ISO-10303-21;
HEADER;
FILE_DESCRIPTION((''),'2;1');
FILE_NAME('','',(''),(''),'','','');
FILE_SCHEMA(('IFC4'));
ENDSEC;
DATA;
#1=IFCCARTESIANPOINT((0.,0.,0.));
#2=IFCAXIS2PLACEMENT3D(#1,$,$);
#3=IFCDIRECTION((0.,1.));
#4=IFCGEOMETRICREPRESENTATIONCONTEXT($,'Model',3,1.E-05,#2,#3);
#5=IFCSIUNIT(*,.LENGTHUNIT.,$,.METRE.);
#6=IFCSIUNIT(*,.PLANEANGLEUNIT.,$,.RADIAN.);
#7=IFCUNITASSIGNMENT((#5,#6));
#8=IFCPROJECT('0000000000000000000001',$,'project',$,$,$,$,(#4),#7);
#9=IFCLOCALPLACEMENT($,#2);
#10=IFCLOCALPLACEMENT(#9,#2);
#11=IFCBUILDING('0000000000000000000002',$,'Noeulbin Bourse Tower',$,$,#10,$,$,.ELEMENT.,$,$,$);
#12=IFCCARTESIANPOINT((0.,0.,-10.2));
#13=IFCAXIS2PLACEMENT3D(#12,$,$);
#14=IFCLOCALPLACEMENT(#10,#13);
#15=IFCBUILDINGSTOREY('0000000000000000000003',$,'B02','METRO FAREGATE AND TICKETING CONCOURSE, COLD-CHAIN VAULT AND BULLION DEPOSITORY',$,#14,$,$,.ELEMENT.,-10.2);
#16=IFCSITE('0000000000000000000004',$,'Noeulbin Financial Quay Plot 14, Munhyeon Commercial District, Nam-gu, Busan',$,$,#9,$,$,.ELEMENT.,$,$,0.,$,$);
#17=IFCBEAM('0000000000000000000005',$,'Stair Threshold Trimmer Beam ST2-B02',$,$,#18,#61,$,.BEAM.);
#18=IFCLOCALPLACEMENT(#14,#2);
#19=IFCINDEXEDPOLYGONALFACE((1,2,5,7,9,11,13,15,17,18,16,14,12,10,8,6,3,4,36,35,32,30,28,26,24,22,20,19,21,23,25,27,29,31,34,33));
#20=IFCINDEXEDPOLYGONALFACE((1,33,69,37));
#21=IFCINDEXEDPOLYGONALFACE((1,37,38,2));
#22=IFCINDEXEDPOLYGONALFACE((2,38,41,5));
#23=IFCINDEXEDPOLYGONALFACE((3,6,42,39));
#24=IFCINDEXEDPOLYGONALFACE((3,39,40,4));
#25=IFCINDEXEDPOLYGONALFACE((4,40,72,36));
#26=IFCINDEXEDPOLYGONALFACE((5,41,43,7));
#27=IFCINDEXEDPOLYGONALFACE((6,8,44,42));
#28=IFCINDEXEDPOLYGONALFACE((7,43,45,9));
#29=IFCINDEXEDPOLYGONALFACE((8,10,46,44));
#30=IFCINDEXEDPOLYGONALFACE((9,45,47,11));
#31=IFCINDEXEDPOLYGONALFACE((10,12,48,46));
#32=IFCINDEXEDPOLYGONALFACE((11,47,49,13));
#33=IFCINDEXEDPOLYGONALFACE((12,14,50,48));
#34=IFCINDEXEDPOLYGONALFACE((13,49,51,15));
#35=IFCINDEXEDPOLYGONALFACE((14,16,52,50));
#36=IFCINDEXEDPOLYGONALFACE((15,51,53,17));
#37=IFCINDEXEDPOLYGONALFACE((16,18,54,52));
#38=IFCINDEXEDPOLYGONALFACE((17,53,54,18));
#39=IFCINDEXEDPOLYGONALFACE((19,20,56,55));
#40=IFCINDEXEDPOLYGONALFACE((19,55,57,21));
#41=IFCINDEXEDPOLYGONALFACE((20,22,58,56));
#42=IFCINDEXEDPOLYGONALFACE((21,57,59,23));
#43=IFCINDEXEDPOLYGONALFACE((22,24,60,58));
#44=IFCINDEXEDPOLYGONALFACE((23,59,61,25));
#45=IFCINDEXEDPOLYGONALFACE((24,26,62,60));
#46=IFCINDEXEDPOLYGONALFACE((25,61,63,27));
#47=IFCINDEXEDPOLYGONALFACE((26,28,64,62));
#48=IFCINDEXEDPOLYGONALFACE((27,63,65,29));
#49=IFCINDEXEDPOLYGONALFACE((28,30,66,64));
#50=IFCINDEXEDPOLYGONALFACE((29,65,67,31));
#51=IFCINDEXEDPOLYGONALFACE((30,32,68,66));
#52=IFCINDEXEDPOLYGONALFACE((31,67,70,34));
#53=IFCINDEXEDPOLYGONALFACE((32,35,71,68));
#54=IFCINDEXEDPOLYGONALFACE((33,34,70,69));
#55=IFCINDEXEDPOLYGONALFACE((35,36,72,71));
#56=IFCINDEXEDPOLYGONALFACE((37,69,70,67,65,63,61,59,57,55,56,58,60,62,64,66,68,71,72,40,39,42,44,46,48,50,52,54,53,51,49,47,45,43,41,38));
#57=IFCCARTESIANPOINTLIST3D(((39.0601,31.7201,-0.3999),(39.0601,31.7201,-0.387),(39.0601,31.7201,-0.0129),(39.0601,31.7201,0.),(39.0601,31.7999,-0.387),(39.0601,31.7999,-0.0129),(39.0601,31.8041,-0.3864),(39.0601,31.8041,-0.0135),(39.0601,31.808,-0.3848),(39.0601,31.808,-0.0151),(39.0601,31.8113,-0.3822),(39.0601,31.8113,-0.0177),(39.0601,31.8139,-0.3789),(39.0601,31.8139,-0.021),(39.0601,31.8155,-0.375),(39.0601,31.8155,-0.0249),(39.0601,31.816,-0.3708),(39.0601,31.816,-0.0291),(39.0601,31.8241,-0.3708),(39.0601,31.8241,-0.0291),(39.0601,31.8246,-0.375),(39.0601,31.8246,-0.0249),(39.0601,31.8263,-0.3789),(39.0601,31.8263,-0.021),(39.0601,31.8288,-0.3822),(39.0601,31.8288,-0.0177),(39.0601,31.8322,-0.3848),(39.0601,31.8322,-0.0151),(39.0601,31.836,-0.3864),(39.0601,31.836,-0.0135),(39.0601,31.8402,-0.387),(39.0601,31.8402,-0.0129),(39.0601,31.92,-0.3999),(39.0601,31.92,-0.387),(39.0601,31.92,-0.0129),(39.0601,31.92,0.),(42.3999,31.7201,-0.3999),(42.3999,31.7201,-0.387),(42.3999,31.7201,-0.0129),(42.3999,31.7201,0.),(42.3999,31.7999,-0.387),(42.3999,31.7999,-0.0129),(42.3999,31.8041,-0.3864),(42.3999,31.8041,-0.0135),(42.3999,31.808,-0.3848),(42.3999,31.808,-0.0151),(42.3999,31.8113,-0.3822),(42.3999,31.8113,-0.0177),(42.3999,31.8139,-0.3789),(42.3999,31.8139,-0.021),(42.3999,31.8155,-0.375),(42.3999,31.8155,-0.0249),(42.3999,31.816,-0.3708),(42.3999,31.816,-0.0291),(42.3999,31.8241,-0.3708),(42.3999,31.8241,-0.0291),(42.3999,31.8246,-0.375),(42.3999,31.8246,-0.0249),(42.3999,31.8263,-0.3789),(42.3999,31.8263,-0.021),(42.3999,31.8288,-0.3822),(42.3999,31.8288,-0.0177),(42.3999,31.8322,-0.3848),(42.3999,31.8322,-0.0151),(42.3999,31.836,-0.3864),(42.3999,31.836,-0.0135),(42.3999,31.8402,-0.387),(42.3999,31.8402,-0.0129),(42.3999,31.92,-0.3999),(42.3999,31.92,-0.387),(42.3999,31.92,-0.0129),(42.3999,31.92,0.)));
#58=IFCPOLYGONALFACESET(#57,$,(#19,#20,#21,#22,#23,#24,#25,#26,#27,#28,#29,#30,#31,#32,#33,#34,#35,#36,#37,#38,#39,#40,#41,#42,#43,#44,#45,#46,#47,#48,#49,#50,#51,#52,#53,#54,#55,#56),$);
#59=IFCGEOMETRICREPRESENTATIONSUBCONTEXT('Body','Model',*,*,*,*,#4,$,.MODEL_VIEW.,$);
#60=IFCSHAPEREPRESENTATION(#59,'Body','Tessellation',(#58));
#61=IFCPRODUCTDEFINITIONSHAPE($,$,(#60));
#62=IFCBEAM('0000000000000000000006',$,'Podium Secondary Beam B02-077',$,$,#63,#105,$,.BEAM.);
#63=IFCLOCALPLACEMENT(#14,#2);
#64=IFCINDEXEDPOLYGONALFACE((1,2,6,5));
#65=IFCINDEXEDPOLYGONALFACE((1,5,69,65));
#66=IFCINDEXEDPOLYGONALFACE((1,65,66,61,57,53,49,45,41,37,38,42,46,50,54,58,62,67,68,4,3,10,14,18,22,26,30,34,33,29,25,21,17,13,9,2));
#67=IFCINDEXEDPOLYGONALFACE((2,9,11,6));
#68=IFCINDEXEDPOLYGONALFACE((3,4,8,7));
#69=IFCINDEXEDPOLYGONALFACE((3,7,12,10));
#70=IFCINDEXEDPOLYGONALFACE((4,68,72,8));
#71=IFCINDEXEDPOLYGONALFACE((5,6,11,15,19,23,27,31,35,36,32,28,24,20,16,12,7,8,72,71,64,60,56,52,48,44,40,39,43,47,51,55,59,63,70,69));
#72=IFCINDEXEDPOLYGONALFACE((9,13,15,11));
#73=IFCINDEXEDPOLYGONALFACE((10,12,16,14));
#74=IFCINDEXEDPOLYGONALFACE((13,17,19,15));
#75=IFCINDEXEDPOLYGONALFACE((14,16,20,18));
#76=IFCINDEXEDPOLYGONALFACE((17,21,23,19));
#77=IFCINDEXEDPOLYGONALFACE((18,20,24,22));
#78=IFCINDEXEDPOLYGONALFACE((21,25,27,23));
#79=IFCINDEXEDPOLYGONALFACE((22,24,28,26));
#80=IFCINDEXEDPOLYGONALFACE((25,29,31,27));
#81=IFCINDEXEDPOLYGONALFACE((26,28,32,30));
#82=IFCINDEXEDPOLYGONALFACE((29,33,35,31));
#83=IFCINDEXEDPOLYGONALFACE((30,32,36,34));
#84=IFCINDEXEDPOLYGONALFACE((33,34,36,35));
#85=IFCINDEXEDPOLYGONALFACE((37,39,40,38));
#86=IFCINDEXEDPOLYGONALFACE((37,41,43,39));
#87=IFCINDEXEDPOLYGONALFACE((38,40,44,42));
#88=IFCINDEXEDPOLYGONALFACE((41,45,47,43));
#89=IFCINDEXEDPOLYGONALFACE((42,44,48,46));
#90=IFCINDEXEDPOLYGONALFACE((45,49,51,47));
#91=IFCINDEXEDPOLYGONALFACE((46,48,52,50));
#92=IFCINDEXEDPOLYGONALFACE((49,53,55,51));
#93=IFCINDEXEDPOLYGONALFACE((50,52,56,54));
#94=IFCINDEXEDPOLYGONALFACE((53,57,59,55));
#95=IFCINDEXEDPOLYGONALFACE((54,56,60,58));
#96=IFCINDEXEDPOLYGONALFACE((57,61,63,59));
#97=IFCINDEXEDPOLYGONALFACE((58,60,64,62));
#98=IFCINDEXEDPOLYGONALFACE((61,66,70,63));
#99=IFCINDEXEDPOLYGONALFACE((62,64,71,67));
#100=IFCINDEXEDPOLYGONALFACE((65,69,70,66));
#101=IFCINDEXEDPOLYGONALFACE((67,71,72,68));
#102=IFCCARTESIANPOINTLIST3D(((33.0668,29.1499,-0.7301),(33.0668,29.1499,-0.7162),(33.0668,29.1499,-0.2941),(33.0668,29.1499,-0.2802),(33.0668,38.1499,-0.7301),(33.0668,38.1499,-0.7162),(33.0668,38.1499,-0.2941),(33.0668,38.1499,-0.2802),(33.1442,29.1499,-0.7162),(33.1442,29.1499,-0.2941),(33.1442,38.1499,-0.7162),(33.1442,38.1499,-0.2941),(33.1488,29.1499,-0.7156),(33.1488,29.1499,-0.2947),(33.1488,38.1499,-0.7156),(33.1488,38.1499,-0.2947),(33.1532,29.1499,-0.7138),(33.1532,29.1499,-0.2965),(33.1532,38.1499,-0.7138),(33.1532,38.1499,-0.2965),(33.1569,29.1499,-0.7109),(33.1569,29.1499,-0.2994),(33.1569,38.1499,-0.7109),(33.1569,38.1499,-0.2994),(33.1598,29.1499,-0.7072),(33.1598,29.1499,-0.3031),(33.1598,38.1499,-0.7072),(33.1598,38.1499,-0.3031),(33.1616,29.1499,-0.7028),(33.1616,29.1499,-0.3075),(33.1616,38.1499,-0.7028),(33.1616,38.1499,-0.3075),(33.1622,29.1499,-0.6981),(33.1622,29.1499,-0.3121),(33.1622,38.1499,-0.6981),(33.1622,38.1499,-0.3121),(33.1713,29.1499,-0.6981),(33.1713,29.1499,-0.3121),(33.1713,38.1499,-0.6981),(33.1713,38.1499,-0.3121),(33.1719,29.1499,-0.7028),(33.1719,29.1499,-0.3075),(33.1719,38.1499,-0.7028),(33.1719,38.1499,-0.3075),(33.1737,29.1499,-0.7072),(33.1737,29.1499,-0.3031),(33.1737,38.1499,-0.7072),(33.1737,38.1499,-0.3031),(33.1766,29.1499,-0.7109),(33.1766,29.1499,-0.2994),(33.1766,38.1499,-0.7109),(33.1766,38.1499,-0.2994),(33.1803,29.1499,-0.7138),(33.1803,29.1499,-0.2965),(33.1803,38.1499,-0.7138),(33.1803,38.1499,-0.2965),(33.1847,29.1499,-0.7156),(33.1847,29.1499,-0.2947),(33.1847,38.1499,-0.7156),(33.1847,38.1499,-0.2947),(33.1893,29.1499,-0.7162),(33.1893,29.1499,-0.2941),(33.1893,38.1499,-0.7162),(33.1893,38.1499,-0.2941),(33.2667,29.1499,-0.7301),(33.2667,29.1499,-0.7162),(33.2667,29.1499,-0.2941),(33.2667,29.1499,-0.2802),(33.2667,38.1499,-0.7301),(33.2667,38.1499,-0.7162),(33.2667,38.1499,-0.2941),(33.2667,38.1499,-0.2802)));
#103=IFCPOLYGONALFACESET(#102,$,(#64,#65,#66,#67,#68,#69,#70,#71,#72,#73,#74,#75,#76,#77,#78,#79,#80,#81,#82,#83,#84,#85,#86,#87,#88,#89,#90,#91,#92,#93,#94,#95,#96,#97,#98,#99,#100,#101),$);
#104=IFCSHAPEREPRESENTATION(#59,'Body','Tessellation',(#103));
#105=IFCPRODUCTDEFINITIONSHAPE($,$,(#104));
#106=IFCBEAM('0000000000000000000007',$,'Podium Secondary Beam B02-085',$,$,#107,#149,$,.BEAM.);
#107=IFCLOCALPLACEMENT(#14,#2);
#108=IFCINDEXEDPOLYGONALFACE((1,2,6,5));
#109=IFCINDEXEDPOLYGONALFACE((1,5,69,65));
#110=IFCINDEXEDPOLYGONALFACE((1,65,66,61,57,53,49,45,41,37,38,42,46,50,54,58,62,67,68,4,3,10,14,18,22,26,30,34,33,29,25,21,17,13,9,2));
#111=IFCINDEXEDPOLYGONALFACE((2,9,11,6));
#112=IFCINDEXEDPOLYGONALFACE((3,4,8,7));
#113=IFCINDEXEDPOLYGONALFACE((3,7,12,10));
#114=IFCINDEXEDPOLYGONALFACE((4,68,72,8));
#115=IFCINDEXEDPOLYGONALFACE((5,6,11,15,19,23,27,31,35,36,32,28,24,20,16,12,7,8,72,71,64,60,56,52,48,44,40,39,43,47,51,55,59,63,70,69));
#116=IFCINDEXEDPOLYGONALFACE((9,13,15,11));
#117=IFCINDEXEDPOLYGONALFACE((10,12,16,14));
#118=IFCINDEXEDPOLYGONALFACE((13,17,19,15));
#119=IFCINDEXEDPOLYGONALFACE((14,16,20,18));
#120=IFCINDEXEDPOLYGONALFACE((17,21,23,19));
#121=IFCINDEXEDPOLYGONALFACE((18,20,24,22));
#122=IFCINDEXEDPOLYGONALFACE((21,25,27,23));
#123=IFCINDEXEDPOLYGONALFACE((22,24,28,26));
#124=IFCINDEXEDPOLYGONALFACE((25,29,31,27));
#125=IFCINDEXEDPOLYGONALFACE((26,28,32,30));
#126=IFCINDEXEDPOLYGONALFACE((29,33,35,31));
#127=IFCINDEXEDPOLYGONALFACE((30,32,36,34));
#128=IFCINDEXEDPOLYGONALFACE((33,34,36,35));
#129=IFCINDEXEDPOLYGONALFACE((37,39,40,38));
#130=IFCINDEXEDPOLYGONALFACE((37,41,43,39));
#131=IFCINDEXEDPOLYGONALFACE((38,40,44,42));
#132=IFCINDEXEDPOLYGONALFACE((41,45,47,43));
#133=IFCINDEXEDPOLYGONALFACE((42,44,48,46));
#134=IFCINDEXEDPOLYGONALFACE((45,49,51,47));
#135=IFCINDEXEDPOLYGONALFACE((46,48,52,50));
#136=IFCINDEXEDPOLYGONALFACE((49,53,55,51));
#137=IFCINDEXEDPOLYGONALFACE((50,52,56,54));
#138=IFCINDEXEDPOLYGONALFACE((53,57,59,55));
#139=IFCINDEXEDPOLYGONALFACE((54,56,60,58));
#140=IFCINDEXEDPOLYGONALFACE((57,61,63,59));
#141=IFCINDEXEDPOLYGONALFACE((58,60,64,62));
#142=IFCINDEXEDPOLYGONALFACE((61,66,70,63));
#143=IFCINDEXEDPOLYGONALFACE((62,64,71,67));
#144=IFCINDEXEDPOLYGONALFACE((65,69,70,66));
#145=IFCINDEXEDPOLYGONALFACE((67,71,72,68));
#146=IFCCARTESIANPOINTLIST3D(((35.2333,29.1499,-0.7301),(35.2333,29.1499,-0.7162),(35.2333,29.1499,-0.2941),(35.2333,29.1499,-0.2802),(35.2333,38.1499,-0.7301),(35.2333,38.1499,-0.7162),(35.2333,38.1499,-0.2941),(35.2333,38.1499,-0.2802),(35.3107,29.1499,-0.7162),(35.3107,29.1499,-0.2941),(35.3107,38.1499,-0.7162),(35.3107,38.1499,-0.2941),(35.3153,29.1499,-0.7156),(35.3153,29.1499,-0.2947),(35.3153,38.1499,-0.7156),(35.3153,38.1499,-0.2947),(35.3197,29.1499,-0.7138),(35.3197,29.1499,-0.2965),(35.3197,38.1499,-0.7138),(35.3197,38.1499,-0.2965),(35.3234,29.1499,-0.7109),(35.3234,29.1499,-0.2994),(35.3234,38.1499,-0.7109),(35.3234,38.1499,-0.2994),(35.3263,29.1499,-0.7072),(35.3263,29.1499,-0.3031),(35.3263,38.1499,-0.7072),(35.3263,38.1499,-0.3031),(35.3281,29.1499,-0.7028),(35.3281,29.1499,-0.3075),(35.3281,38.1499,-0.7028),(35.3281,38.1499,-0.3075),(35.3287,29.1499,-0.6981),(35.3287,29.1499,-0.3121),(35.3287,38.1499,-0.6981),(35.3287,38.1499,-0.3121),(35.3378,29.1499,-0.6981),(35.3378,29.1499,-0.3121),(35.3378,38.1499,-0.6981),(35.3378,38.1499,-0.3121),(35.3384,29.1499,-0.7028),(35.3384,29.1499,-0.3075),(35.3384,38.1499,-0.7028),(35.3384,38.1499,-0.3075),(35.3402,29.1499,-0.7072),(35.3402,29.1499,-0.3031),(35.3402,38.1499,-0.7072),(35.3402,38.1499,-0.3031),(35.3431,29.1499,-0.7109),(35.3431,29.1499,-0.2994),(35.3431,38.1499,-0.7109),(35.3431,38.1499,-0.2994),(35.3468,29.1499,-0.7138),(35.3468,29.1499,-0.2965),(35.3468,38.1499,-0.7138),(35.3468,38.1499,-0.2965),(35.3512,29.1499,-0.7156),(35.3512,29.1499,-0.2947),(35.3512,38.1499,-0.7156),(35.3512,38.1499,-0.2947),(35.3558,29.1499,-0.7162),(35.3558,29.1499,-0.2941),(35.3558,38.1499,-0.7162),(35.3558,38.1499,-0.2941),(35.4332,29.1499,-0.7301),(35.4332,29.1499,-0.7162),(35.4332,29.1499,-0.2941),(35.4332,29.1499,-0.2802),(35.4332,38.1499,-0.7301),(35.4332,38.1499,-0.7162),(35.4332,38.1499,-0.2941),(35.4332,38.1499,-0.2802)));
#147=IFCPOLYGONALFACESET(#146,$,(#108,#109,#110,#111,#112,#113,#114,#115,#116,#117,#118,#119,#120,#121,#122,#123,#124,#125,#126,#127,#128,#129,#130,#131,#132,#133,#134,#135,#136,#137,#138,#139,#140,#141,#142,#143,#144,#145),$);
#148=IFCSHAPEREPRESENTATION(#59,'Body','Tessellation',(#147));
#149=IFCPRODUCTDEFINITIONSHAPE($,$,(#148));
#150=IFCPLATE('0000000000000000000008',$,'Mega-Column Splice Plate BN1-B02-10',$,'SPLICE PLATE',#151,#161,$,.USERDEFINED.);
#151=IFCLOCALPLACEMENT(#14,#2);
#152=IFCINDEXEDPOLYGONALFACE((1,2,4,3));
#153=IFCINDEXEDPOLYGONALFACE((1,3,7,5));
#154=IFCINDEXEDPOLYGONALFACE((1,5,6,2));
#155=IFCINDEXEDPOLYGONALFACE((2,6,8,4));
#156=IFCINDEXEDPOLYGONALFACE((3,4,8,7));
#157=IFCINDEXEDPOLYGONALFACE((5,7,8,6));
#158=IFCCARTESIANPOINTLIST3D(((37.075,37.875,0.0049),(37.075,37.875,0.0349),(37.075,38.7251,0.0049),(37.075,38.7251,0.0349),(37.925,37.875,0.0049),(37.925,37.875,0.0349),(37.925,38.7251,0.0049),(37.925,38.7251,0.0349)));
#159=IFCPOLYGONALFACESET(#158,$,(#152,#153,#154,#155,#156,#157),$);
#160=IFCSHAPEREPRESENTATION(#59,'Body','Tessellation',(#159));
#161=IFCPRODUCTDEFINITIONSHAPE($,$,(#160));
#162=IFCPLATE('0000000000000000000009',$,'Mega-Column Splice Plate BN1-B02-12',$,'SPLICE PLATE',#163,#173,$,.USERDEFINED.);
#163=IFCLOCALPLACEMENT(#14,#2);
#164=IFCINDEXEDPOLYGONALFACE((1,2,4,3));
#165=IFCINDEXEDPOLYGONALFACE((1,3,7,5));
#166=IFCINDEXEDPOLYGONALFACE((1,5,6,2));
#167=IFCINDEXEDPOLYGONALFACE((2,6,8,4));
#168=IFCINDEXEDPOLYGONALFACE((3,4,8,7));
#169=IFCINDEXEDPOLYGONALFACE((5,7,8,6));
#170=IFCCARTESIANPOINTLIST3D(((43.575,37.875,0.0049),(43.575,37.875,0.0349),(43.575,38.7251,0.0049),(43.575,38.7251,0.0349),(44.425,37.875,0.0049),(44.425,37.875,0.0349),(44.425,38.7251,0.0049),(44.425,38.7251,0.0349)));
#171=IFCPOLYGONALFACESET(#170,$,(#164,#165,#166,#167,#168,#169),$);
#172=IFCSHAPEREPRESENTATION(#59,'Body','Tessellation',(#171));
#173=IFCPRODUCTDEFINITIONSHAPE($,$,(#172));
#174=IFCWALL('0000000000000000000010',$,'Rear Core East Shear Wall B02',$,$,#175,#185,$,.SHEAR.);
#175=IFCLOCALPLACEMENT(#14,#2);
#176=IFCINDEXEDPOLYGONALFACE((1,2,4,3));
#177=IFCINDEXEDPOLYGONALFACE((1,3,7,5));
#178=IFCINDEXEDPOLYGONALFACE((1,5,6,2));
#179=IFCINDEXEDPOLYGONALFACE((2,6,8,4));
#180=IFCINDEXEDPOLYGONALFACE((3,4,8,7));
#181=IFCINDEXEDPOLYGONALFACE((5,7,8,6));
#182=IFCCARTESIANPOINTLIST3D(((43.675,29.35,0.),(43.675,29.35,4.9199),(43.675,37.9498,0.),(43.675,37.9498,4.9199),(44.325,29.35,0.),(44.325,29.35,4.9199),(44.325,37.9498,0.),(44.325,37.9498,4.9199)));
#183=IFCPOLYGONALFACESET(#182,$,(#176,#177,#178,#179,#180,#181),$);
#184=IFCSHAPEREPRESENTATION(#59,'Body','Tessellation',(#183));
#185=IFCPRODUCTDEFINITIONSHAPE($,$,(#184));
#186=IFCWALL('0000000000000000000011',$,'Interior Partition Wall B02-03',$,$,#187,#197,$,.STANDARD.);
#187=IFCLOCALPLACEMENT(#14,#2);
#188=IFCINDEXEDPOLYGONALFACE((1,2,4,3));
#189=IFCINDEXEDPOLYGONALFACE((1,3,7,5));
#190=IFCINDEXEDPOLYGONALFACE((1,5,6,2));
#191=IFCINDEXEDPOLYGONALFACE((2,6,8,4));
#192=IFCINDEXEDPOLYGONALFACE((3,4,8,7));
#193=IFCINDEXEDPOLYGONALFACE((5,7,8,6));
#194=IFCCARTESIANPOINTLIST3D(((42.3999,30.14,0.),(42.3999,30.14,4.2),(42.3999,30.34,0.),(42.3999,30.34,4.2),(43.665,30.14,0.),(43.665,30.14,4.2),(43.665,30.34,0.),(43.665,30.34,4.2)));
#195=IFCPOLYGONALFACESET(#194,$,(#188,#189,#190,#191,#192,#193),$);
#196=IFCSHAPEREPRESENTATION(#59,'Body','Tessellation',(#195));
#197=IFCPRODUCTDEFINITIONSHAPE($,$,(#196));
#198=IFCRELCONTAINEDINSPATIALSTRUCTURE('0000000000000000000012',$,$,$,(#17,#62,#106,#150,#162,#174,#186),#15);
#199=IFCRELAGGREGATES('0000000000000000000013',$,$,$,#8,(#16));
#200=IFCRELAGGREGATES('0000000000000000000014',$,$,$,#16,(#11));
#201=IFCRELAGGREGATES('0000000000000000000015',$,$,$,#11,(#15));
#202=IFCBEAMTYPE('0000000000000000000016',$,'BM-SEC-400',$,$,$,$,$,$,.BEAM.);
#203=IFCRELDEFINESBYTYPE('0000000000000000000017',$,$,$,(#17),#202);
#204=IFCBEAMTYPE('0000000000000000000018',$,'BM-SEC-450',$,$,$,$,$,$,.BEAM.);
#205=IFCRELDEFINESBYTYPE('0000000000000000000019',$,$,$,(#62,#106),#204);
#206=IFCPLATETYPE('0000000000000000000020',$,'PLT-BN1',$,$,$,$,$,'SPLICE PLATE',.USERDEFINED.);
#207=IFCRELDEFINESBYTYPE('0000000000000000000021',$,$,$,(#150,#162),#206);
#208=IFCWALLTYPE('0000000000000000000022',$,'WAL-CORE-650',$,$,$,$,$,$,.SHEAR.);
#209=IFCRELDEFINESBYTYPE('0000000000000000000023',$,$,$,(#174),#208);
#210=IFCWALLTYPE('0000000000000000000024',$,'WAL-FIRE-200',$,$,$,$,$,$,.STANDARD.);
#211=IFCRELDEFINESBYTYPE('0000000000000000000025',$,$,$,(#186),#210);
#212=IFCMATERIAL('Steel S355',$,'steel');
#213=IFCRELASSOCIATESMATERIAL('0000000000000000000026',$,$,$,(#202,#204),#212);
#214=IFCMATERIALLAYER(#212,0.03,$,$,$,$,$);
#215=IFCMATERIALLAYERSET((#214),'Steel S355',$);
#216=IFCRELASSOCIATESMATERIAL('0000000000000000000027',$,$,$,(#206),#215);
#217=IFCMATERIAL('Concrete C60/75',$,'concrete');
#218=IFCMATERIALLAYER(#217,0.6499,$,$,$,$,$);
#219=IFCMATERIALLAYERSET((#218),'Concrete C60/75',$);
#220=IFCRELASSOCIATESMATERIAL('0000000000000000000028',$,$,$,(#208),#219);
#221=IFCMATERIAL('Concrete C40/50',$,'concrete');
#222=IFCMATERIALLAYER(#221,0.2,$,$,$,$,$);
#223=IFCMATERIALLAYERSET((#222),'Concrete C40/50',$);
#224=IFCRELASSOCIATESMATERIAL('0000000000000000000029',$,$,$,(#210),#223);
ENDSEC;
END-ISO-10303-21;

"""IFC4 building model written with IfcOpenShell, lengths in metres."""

from ifc_helpers import new_model, si_unit, direction, frame, frame_2d, origin, origin_2d, place, context, subcontext, project, spatial, rectangle, i_section, extrude, material, layer, layer_set, material_profile, profile_set, type_object, element, save


model = new_model("IFC4")

# Units and contexts
model_context = context("Model", 3, precision=1e-05, world=origin(), true_north=direction((0.0, 1.0)))
body_context = subcontext(model_context, "Body", "Model", "MODEL_VIEW")
ifc_project = project(units=[si_unit("LENGTHUNIT", "METRE"), si_unit("PLANEANGLEUNIT", "RADIAN")], contexts=[model_context])

# Site, building, storey
site_placement = place(None, origin())
site = spatial("IfcSite", under=ifc_project, at=site_placement, Name="Noeulbin Financial Quay Plot 14, Munhyeon Commercial District, Nam-gu, Busan", CompositionType="ELEMENT", RefElevation=0.0)
building_placement = place(site_placement, origin())
building = spatial("IfcBuilding", under=site, at=building_placement, Name="Noeulbin Bourse Tower", CompositionType="ELEMENT")
storey_placement = place(building_placement, frame((0.0, 0.0, -10.2)))
storey = spatial("IfcBuildingStorey", under=building, at=storey_placement, Name="B02", Description="METRO FAREGATE AND TICKETING CONCOURSE, COLD-CHAIN VAULT AND BULLION DEPOSITORY", CompositionType="ELEMENT", Elevation=-10.2)

# Beams
ifc_material_1 = material(Name="Steel S355", Category="steel")
ifc_material_profile_1 = material_profile(ifc_material_1, i_section(OverallWidth=0.2, OverallDepth=0.3999, WebThickness=0.0081, FlangeThickness=0.0129, FilletRadius=0.0161, at=origin_2d()), Name="H-400x200x8x13", Category="LoadBearing")
ifc_profile_set_1 = profile_set([ifc_material_profile_1], Name="Steel S355")
beam_type_1 = type_object("IfcBeamType", Name="BM-SEC-400", PredefinedType="BEAM", material=ifc_profile_set_1)
beam_1_placement = place(storey_placement, frame((39.0601, 31.8201, -0.2), z_axis=(1.0, 0.0, 0.0), x_axis=(0.0, 1.0, 0.0)))
element("IfcBeam", 1, at=beam_1_placement, inside=storey, type_object=beam_type_1, Name="Stair Threshold Trimmer Beam ST2-B02", PredefinedType="BEAM", context=body_context, shape_type="SweptSolid", body=[
    extrude(i_section(OverallWidth=0.2, OverallDepth=0.3999, WebThickness=0.0081, FlangeThickness=0.0129, FilletRadius=0.0161, at=origin_2d()), origin(), (0.0, 0.0, 1.0), 3.3398),
])
ifc_material_profile_2 = material_profile(ifc_material_1, i_section(OverallWidth=0.2, OverallDepth=0.45, WebThickness=0.009, FlangeThickness=0.0139, FilletRadius=0.0181, at=origin_2d()), Name="H-450x200x9x14", Category="LoadBearing")
ifc_profile_set_2 = profile_set([ifc_material_profile_2], Name="Steel S355")
beam_type_2 = type_object("IfcBeamType", Name="BM-SEC-450", PredefinedType="BEAM", material=ifc_profile_set_2)
for number, where, z_axis, x_axis, name in (
    (2, (33.1667, 29.1499, -0.5051), (0.0, 1.0, 0.0), (-1.0, 0.0, 0.0), "Podium Secondary Beam B02-077"),
    (3, (35.3333, 29.1499, -0.5051), (0.0, 1.0, 0.0), (-1.0, 0.0, 0.0), "Podium Secondary Beam B02-085"),
):
    element("IfcBeam", number, at=place(storey_placement, frame(where, z_axis=z_axis, x_axis=x_axis)), inside=storey, type_object=beam_type_2, Name=name, PredefinedType="BEAM", context=body_context, shape_type="SweptSolid", body=[
        extrude(i_section(OverallWidth=0.2, OverallDepth=0.45, WebThickness=0.009, FlangeThickness=0.0139, FilletRadius=0.0181, at=origin_2d()), origin(), (0.0, 0.0, 1.0), 9.0),
    ])

# Plates
ifc_layer_1 = layer(ifc_material_1, 0.03)
ifc_layer_set_1 = layer_set([ifc_layer_1], Name="Steel S355")
plate_type = type_object("IfcPlateType", Name="PLT-BN1", ElementType="SPLICE PLATE", PredefinedType="USERDEFINED", material=ifc_layer_set_1)
for number, where, z_axis, x_axis, name in (
    (4, (37.5, 38.3, 0.0049), (0.0, 0.0, 1.0), (1.0, 0.0, 0.0), "Mega-Column Splice Plate BN1-B02-10"),
    (5, (44.0, 38.3, 0.0049), (0.0, 0.0, 1.0), (1.0, 0.0, 0.0), "Mega-Column Splice Plate BN1-B02-12"),
):
    element("IfcPlate", number, at=place(storey_placement, frame(where, z_axis=z_axis, x_axis=x_axis)), inside=storey, type_object=plate_type, Name=name, ObjectType="SPLICE PLATE", PredefinedType="USERDEFINED", context=body_context, shape_type="SweptSolid", body=[
        extrude(rectangle(XDim=0.8501, YDim=0.8501, at=origin_2d()), origin(), (0.0, 0.0, 1.0), 0.03),
    ])

# Walls
ifc_material_2 = material(Name="Concrete C60/75", Category="concrete")
ifc_layer_2 = layer(ifc_material_2, 0.6499)
ifc_layer_set_2 = layer_set([ifc_layer_2], Name="Concrete C60/75")
wall_type_1 = type_object("IfcWallType", Name="WAL-CORE-650", PredefinedType="SHEAR", material=ifc_layer_set_2)
wall_1_placement = place(storey_placement, frame((44.0, 29.3501, 0.0), z_axis=(0.0, 0.0, 1.0), x_axis=(0.0, 1.0, 0.0)))
element("IfcWall", 6, at=wall_1_placement, inside=storey, type_object=wall_type_1, Name="Rear Core East Shear Wall B02", PredefinedType="SHEAR", context=body_context, shape_type="SweptSolid", body=[
    extrude(rectangle(XDim=8.5999, YDim=0.6499, at=frame_2d((4.2998, 0.0))), origin(), (0.0, 0.0, 1.0), 4.9199),
])
ifc_material_3 = material(Name="Concrete C40/50", Category="concrete")
ifc_layer_3 = layer(ifc_material_3, 0.2)
ifc_layer_set_3 = layer_set([ifc_layer_3], Name="Concrete C40/50")
wall_type_2 = type_object("IfcWallType", Name="WAL-FIRE-200", PredefinedType="STANDARD", material=ifc_layer_set_3)
wall_2_placement = place(storey_placement, frame((42.3999, 30.24, 0.0), z_axis=(0.0, 0.0, 1.0), x_axis=(1.0, 0.0, 0.0)))
element("IfcWall", 7, at=wall_2_placement, inside=storey, type_object=wall_type_2, Name="Interior Partition Wall B02-03", PredefinedType="STANDARD", context=body_context, shape_type="SweptSolid", body=[
    extrude(rectangle(XDim=1.2651, YDim=0.2, at=frame_2d((0.6326, 0.0))), origin(), (0.0, 0.0, 1.0), 4.2),
])

save(model, "model.ifc")
